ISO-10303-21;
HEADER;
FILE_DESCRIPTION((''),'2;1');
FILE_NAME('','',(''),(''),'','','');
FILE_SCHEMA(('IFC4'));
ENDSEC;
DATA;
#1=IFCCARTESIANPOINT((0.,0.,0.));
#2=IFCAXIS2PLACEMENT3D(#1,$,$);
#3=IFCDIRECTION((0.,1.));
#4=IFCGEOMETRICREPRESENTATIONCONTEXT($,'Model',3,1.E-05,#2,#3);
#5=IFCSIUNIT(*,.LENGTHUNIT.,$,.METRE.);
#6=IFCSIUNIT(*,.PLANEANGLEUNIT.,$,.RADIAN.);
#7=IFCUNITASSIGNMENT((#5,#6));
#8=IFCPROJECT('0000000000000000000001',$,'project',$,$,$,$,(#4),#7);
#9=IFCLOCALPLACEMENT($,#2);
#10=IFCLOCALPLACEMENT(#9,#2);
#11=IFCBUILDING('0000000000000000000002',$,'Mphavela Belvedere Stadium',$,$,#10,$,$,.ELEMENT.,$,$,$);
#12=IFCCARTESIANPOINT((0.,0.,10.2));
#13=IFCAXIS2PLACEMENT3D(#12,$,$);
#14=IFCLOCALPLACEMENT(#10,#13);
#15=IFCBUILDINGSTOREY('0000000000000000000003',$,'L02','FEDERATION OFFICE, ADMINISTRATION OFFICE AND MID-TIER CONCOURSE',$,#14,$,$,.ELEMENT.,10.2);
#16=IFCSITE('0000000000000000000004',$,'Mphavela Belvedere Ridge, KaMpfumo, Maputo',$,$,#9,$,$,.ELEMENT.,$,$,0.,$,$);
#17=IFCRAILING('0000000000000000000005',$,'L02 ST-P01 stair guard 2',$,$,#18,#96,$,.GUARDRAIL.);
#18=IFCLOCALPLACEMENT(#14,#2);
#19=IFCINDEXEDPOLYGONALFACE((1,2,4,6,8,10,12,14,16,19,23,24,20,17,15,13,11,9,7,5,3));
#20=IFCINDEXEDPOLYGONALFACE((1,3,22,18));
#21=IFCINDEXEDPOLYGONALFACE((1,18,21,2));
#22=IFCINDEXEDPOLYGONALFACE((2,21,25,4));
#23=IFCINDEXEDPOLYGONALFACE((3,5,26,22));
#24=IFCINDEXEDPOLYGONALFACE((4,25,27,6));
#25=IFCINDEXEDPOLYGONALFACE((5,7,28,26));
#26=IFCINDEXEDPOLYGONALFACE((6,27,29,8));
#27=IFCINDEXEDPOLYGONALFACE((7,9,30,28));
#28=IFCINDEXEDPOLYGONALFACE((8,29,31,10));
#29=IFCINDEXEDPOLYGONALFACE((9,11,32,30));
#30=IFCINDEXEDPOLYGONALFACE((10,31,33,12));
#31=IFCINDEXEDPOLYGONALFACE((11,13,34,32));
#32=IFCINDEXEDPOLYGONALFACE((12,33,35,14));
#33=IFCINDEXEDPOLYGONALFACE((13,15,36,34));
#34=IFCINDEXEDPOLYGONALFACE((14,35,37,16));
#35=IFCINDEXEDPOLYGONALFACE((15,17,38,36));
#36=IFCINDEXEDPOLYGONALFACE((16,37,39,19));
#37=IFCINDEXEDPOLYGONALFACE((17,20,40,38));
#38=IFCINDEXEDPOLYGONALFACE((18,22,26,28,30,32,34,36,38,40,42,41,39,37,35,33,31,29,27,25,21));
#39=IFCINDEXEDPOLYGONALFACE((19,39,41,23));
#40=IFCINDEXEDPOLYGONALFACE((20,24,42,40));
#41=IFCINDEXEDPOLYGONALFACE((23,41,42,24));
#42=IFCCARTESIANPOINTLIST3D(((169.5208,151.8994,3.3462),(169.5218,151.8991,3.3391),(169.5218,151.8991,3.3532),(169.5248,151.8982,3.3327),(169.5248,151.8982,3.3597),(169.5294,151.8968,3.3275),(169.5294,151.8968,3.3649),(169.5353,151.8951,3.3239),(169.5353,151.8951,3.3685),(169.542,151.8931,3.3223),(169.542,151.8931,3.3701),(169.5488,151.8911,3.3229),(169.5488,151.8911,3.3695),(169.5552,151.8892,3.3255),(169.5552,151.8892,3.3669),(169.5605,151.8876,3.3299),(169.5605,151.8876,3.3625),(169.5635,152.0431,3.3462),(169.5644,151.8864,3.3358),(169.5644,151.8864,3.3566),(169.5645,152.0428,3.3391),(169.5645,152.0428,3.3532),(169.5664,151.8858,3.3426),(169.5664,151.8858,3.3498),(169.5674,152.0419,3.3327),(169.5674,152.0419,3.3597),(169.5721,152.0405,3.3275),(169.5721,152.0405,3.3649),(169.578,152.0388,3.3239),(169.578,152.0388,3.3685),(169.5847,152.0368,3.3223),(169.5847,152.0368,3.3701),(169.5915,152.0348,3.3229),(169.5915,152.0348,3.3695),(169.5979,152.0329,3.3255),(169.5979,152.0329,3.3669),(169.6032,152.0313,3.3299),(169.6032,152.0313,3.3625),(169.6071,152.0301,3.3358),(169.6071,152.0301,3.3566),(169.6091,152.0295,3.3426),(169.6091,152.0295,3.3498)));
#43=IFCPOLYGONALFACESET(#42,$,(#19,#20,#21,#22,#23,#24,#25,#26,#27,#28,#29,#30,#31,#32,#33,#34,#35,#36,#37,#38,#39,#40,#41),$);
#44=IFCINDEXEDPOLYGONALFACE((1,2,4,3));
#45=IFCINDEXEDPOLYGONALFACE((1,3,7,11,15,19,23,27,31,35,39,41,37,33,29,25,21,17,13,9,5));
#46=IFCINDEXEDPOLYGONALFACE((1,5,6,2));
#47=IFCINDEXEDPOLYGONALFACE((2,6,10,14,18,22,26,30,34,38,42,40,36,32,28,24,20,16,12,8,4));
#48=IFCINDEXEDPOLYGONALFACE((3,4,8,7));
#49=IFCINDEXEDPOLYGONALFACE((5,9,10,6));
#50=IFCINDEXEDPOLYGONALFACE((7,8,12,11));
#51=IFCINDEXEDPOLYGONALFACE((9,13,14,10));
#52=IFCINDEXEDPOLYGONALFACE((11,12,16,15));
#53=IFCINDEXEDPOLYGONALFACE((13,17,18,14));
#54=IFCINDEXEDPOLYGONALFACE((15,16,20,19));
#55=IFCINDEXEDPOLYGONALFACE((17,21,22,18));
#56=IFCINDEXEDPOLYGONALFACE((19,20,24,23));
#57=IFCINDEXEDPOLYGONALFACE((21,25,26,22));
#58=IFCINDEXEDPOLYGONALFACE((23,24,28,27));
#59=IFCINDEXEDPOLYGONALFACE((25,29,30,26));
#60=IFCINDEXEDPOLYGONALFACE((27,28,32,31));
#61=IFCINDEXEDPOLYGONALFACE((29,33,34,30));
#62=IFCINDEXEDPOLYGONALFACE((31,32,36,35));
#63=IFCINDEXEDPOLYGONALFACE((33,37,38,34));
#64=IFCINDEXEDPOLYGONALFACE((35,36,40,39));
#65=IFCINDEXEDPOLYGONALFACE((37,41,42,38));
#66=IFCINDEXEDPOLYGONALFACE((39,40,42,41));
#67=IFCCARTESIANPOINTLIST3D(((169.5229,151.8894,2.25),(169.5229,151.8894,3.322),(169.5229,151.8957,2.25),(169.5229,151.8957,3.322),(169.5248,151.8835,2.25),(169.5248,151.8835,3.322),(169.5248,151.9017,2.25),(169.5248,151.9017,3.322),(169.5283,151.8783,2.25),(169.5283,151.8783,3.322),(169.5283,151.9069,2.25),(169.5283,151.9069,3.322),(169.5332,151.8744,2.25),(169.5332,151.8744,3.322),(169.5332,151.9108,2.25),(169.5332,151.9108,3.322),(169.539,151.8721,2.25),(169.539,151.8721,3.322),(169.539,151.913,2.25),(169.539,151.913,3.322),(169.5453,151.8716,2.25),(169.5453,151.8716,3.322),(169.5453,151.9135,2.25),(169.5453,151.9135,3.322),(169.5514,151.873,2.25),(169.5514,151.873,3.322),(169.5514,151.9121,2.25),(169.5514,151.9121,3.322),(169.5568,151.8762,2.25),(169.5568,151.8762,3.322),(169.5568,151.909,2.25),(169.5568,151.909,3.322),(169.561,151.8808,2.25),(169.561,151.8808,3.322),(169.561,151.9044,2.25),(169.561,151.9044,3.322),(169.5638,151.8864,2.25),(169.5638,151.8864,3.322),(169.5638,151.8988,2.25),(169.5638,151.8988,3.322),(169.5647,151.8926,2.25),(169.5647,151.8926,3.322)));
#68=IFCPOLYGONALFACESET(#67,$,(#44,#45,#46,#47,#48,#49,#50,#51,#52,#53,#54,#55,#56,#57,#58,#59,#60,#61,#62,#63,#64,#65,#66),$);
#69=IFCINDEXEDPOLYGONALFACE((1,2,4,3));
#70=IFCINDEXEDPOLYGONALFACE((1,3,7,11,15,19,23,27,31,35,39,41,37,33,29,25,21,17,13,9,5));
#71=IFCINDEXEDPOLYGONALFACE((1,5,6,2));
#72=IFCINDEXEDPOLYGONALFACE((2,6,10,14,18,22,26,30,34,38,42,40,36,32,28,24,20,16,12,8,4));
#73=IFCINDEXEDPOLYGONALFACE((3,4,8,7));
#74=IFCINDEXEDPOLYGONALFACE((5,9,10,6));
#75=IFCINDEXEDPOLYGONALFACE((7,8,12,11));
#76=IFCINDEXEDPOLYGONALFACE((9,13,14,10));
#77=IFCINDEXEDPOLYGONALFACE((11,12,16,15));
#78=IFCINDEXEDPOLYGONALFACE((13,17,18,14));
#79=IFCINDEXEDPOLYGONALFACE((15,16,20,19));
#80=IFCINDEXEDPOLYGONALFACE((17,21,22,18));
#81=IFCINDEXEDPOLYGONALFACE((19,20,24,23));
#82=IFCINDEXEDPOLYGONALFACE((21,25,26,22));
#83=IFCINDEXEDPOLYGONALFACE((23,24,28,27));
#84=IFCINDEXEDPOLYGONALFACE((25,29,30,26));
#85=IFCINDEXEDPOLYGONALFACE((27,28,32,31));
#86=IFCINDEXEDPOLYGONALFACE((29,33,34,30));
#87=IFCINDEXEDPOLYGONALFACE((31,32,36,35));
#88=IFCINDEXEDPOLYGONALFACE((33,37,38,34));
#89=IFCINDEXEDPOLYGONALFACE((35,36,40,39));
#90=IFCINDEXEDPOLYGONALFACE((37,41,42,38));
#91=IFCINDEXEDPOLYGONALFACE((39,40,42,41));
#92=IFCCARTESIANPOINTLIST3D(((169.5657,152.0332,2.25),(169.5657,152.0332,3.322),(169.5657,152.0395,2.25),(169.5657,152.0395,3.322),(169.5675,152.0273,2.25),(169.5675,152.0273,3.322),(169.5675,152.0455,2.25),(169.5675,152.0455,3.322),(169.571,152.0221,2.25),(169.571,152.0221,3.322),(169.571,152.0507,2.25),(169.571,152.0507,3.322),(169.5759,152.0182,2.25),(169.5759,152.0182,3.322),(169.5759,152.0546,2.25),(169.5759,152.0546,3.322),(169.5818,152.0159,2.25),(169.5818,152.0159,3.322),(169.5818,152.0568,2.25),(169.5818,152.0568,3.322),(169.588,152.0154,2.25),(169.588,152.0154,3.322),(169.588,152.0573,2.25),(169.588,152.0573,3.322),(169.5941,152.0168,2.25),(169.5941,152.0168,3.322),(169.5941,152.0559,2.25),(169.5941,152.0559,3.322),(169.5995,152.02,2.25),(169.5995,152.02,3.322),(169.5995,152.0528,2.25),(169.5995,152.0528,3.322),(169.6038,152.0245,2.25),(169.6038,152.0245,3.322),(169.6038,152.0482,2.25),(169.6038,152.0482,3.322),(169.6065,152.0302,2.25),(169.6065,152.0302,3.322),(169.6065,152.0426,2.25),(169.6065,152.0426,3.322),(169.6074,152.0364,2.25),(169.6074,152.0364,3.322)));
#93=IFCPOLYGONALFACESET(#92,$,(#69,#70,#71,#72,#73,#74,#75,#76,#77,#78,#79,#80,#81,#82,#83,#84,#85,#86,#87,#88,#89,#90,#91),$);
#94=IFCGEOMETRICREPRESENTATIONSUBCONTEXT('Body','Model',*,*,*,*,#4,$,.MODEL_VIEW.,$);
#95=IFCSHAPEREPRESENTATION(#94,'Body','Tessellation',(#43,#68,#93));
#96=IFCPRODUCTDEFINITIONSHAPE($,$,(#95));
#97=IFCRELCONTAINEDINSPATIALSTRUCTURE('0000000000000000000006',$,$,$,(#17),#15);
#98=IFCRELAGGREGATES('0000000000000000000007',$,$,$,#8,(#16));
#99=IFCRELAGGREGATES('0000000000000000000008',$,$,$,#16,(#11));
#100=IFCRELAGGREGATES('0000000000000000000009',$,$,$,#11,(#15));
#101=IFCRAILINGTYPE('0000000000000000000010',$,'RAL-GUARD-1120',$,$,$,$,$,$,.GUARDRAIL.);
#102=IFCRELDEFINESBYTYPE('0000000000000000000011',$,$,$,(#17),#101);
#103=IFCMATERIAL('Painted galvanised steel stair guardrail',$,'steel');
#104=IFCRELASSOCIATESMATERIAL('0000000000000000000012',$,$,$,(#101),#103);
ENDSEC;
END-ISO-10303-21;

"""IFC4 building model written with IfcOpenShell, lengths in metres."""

from ifc_helpers import new_model, si_unit, direction, frame, origin, origin_2d, place, context, subcontext, project, spatial, circle, extrude, material, type_object, element, save


model = new_model("IFC4")

# Units and contexts
model_context = context("Model", 3, precision=1e-05, world=origin(), true_north=direction((0.0, 1.0)))
body_context = subcontext(model_context, "Body", "Model", "MODEL_VIEW")
ifc_project = project(units=[si_unit("LENGTHUNIT", "METRE"), si_unit("PLANEANGLEUNIT", "RADIAN")], contexts=[model_context])

# Site, building, storey
site_placement = place(None, origin())
site = spatial("IfcSite", under=ifc_project, at=site_placement, Name="Mphavela Belvedere Ridge, KaMpfumo, Maputo", CompositionType="ELEMENT", RefElevation=0.0)
building_placement = place(site_placement, origin())
building = spatial("IfcBuilding", under=site, at=building_placement, Name="Mphavela Belvedere Stadium", CompositionType="ELEMENT")
storey_placement = place(building_placement, frame((0.0, 0.0, 10.2)))
storey = spatial("IfcBuildingStorey", under=building, at=storey_placement, Name="L02", Description="FEDERATION OFFICE, ADMINISTRATION OFFICE AND MID-TIER CONCOURSE", CompositionType="ELEMENT", Elevation=10.2)

# Railing
ifc_material_1 = material(Name="Painted galvanised steel stair guardrail", Category="steel")
railing_type_1 = type_object("IfcRailingType", Name="RAL-GUARD-1120", PredefinedType="GUARDRAIL", material=ifc_material_1)
railing_1_placement = place(storey_placement, frame((169.5437, 151.8926, 2.25)))
element("IfcRailing", 1, at=railing_1_placement, inside=storey, type_object=railing_type_1, Name="L02 ST-P01 stair guard 2", PredefinedType="GUARDRAIL", context=body_context, shape_type="SweptSolid", body=[
    extrude(circle(Radius=0.0239, at=origin_2d()), frame((0.0, 0.0, 1.0962), z_axis=(0.284809, 0.958584, 0.0), x_axis=(-0.958584, 0.284809, 0.0)), (0.0, 0.0, 1.0), 0.1499),
    extrude(circle(Radius=0.021, at=origin_2d()), origin(), (0.0, 0.0, 1.0), 1.072),
    extrude(circle(Radius=0.021, at=origin_2d()), frame((0.0427, 0.1438, 0.0)), (0.0, 0.0, 1.0), 1.072),
])

save(model, "model.ifc")
